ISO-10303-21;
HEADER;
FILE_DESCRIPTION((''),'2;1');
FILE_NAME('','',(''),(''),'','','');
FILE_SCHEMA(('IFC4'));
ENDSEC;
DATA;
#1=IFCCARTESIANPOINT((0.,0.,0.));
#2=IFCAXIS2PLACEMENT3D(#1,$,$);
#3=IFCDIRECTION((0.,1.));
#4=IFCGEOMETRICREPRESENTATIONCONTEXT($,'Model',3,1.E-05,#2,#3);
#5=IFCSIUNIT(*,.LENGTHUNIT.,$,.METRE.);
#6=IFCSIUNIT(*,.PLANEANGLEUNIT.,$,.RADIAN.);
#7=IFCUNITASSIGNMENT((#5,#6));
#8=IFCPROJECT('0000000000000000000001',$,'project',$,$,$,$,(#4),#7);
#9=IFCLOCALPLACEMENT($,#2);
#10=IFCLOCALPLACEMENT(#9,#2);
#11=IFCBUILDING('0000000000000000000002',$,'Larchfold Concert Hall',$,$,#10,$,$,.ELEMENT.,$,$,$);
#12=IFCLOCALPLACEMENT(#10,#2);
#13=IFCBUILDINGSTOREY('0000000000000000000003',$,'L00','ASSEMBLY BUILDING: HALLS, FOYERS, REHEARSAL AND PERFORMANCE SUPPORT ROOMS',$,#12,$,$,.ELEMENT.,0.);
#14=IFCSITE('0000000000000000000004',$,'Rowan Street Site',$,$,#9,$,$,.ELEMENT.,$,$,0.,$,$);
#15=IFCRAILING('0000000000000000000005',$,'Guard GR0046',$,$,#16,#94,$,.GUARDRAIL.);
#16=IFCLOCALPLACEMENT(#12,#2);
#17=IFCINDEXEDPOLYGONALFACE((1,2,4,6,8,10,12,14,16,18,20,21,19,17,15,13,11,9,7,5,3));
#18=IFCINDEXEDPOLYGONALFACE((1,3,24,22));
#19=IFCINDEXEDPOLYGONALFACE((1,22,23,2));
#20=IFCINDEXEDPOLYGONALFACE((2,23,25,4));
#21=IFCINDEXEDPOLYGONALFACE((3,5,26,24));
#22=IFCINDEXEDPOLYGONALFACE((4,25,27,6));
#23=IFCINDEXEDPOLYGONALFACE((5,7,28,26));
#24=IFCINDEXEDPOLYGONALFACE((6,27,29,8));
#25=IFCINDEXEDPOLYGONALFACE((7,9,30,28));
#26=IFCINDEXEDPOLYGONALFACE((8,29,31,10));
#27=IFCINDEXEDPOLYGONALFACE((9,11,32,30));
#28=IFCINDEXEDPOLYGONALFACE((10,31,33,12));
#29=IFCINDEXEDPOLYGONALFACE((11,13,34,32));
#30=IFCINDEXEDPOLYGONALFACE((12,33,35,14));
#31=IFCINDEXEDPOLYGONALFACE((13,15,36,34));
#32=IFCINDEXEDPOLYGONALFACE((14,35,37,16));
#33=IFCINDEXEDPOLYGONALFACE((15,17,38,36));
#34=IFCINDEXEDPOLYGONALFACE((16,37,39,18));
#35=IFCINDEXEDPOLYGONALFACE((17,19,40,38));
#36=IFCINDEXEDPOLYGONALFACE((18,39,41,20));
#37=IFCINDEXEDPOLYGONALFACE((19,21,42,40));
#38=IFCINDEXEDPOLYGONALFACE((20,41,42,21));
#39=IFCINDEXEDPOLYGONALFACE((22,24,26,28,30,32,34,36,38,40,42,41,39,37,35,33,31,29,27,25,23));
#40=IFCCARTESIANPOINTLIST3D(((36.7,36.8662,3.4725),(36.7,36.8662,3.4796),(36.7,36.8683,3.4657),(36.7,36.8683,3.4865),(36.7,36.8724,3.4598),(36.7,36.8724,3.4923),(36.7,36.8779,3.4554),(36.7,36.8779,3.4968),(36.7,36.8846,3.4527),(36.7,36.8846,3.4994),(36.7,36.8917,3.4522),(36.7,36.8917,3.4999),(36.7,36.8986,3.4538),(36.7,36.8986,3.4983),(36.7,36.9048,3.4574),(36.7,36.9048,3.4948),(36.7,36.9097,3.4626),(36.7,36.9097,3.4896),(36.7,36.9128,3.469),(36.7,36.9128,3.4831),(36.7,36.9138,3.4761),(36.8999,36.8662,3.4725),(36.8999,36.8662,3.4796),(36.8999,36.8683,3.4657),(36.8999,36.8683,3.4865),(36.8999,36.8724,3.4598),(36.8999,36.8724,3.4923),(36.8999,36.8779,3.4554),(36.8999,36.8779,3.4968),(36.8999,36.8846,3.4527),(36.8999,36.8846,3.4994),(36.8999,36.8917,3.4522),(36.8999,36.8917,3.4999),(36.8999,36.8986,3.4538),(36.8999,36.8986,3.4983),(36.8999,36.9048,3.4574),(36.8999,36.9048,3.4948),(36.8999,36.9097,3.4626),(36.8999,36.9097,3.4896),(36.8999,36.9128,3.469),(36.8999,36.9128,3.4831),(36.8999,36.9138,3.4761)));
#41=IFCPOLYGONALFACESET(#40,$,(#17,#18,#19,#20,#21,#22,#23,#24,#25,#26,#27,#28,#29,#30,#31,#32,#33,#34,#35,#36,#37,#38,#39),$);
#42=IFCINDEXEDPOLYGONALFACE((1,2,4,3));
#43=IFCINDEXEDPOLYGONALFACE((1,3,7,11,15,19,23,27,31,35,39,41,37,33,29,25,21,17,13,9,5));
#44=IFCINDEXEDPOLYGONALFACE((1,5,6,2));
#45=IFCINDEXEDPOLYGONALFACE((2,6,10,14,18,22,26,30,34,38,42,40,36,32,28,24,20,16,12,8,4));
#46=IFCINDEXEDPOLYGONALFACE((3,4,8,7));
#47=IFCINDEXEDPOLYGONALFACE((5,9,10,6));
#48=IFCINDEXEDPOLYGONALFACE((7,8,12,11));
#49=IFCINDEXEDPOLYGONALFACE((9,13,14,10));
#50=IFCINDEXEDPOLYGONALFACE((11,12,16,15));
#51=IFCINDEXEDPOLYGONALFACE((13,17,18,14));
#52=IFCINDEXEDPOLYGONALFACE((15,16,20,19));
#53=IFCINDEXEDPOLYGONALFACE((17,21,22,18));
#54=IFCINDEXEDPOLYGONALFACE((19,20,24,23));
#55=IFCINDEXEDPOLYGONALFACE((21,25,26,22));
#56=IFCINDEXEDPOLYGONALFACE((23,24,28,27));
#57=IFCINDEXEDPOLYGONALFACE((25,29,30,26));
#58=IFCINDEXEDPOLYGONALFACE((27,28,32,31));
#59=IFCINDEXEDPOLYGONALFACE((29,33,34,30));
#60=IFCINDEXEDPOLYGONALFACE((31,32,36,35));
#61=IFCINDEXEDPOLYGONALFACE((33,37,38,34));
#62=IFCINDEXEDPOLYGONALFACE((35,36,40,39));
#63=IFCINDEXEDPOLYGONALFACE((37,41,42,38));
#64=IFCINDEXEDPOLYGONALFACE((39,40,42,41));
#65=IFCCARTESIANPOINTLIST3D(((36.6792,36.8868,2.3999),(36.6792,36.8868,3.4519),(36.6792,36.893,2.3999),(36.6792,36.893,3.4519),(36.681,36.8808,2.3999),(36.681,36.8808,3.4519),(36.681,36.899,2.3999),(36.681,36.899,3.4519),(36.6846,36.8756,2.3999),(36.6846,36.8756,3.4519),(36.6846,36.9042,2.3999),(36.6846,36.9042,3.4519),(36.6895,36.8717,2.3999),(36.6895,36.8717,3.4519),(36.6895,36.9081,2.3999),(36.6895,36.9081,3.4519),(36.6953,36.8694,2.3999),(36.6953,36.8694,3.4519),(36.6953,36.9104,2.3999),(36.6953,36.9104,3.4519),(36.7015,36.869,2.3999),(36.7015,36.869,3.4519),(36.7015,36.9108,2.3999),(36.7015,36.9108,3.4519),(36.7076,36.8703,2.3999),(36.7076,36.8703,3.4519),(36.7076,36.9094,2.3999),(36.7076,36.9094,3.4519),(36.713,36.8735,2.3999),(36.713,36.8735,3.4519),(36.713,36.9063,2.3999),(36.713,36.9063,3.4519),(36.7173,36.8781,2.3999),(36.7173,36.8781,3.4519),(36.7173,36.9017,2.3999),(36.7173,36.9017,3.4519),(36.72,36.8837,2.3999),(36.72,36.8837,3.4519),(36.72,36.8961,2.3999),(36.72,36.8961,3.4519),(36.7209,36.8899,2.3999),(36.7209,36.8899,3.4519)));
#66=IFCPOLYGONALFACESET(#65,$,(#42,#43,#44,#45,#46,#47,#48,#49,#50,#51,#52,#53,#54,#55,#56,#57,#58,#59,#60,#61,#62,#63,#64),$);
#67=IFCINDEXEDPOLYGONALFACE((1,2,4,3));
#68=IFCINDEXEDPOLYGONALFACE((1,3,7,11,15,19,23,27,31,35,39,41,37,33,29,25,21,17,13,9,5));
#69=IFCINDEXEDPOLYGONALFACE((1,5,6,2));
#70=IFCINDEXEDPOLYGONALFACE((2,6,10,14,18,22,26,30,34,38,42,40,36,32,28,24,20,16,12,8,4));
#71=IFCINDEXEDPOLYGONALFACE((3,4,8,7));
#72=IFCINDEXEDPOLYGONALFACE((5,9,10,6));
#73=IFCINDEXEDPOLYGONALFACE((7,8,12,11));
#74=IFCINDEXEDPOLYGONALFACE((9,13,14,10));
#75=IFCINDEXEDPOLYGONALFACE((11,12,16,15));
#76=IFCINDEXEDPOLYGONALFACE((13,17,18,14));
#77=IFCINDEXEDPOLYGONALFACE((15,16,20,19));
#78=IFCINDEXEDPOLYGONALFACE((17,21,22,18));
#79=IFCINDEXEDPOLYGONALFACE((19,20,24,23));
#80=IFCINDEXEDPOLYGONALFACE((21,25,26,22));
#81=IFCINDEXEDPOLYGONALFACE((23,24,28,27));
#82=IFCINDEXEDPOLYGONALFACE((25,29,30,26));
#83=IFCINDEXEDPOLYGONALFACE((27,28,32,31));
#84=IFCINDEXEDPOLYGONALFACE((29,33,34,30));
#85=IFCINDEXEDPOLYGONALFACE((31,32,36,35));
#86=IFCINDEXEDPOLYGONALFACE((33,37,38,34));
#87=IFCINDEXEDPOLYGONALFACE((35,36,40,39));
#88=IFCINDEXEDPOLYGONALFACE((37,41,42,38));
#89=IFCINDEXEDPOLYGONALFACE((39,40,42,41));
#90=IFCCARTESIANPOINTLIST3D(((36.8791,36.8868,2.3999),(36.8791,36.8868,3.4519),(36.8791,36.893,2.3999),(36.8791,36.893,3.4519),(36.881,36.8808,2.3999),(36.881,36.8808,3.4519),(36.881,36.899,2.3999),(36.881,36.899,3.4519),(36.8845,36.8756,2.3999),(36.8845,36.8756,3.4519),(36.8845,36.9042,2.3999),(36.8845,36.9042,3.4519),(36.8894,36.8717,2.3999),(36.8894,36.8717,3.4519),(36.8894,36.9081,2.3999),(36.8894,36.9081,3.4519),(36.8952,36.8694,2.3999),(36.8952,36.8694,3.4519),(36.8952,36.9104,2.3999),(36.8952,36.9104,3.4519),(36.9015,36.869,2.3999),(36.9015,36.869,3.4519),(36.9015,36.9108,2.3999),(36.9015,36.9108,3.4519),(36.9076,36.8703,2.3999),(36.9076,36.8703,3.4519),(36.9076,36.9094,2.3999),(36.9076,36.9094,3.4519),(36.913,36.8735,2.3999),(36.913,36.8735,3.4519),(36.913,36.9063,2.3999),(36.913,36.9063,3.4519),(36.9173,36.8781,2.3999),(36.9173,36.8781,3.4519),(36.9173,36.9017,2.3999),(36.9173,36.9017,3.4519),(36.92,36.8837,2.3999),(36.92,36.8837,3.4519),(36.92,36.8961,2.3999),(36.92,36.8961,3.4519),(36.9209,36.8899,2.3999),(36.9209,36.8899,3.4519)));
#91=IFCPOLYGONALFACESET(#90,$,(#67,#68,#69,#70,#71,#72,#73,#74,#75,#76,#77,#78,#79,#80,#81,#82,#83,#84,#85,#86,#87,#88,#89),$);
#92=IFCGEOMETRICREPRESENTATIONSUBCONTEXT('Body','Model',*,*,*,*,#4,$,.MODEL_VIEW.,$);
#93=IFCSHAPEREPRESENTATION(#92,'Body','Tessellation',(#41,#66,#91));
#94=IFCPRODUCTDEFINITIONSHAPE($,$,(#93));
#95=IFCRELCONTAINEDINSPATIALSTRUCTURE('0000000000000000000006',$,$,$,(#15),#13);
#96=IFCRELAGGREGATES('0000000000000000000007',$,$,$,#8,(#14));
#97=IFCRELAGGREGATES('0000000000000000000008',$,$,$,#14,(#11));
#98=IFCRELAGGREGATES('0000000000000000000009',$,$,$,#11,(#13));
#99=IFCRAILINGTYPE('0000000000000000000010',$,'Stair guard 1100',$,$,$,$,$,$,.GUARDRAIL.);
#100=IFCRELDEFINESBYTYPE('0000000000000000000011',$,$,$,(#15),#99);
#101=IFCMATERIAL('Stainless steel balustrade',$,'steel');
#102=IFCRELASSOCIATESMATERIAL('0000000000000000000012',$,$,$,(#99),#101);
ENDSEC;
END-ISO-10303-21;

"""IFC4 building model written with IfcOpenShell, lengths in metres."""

from ifc_helpers import new_model, si_unit, direction, frame, origin, origin_2d, place, context, subcontext, project, spatial, circle, extrude, material, type_object, element, save


model = new_model("IFC4")

# Units and contexts
model_context = context("Model", 3, precision=1e-05, world=origin(), true_north=direction((0.0, 1.0)))
body_context = subcontext(model_context, "Body", "Model", "MODEL_VIEW")
ifc_project = project(units=[si_unit("LENGTHUNIT", "METRE"), si_unit("PLANEANGLEUNIT", "RADIAN")], contexts=[model_context])

# Site, building, storey
site_placement = place(None, origin())
site = spatial("IfcSite", under=ifc_project, at=site_placement, Name="Rowan Street Site", CompositionType="ELEMENT", RefElevation=0.0)
building_placement = place(site_placement, origin())
building = spatial("IfcBuilding", under=site, at=building_placement, Name="Larchfold Concert Hall", CompositionType="ELEMENT")
storey_placement = place(building_placement, origin())
storey = spatial("IfcBuildingStorey", under=building, at=storey_placement, Name="L00", Description="ASSEMBLY BUILDING: HALLS, FOYERS, REHEARSAL AND PERFORMANCE SUPPORT ROOMS", CompositionType="ELEMENT", Elevation=0.0)

# Railing
ifc_material_1 = material(Name="Stainless steel balustrade", Category="steel")
railing_type_1 = type_object("IfcRailingType", Name="Stair guard 1100", PredefinedType="GUARDRAIL", material=ifc_material_1)
railing_1_placement = place(storey_placement, frame((36.7, 36.8899, 2.3999)))
element("IfcRailing", 1, at=railing_1_placement, inside=storey, type_object=railing_type_1, Name="Guard GR0046", PredefinedType="GUARDRAIL", context=body_context, shape_type="SweptSolid", body=[
    extrude(circle(Radius=0.0239, at=origin_2d()), frame((0.0, 0.0, 1.0762), z_axis=(1.0, 0.0, 0.0), x_axis=(0.0, 1.0, 0.0)), (0.0, 0.0, 1.0), 0.2),
    extrude(circle(Radius=0.021, at=origin_2d()), origin(), (0.0, 0.0, 1.0), 1.052),
    extrude(circle(Radius=0.021, at=origin_2d()), frame((0.2, 0.0, 0.0)), (0.0, 0.0, 1.0), 1.052),
])

save(model, "model.ifc")
